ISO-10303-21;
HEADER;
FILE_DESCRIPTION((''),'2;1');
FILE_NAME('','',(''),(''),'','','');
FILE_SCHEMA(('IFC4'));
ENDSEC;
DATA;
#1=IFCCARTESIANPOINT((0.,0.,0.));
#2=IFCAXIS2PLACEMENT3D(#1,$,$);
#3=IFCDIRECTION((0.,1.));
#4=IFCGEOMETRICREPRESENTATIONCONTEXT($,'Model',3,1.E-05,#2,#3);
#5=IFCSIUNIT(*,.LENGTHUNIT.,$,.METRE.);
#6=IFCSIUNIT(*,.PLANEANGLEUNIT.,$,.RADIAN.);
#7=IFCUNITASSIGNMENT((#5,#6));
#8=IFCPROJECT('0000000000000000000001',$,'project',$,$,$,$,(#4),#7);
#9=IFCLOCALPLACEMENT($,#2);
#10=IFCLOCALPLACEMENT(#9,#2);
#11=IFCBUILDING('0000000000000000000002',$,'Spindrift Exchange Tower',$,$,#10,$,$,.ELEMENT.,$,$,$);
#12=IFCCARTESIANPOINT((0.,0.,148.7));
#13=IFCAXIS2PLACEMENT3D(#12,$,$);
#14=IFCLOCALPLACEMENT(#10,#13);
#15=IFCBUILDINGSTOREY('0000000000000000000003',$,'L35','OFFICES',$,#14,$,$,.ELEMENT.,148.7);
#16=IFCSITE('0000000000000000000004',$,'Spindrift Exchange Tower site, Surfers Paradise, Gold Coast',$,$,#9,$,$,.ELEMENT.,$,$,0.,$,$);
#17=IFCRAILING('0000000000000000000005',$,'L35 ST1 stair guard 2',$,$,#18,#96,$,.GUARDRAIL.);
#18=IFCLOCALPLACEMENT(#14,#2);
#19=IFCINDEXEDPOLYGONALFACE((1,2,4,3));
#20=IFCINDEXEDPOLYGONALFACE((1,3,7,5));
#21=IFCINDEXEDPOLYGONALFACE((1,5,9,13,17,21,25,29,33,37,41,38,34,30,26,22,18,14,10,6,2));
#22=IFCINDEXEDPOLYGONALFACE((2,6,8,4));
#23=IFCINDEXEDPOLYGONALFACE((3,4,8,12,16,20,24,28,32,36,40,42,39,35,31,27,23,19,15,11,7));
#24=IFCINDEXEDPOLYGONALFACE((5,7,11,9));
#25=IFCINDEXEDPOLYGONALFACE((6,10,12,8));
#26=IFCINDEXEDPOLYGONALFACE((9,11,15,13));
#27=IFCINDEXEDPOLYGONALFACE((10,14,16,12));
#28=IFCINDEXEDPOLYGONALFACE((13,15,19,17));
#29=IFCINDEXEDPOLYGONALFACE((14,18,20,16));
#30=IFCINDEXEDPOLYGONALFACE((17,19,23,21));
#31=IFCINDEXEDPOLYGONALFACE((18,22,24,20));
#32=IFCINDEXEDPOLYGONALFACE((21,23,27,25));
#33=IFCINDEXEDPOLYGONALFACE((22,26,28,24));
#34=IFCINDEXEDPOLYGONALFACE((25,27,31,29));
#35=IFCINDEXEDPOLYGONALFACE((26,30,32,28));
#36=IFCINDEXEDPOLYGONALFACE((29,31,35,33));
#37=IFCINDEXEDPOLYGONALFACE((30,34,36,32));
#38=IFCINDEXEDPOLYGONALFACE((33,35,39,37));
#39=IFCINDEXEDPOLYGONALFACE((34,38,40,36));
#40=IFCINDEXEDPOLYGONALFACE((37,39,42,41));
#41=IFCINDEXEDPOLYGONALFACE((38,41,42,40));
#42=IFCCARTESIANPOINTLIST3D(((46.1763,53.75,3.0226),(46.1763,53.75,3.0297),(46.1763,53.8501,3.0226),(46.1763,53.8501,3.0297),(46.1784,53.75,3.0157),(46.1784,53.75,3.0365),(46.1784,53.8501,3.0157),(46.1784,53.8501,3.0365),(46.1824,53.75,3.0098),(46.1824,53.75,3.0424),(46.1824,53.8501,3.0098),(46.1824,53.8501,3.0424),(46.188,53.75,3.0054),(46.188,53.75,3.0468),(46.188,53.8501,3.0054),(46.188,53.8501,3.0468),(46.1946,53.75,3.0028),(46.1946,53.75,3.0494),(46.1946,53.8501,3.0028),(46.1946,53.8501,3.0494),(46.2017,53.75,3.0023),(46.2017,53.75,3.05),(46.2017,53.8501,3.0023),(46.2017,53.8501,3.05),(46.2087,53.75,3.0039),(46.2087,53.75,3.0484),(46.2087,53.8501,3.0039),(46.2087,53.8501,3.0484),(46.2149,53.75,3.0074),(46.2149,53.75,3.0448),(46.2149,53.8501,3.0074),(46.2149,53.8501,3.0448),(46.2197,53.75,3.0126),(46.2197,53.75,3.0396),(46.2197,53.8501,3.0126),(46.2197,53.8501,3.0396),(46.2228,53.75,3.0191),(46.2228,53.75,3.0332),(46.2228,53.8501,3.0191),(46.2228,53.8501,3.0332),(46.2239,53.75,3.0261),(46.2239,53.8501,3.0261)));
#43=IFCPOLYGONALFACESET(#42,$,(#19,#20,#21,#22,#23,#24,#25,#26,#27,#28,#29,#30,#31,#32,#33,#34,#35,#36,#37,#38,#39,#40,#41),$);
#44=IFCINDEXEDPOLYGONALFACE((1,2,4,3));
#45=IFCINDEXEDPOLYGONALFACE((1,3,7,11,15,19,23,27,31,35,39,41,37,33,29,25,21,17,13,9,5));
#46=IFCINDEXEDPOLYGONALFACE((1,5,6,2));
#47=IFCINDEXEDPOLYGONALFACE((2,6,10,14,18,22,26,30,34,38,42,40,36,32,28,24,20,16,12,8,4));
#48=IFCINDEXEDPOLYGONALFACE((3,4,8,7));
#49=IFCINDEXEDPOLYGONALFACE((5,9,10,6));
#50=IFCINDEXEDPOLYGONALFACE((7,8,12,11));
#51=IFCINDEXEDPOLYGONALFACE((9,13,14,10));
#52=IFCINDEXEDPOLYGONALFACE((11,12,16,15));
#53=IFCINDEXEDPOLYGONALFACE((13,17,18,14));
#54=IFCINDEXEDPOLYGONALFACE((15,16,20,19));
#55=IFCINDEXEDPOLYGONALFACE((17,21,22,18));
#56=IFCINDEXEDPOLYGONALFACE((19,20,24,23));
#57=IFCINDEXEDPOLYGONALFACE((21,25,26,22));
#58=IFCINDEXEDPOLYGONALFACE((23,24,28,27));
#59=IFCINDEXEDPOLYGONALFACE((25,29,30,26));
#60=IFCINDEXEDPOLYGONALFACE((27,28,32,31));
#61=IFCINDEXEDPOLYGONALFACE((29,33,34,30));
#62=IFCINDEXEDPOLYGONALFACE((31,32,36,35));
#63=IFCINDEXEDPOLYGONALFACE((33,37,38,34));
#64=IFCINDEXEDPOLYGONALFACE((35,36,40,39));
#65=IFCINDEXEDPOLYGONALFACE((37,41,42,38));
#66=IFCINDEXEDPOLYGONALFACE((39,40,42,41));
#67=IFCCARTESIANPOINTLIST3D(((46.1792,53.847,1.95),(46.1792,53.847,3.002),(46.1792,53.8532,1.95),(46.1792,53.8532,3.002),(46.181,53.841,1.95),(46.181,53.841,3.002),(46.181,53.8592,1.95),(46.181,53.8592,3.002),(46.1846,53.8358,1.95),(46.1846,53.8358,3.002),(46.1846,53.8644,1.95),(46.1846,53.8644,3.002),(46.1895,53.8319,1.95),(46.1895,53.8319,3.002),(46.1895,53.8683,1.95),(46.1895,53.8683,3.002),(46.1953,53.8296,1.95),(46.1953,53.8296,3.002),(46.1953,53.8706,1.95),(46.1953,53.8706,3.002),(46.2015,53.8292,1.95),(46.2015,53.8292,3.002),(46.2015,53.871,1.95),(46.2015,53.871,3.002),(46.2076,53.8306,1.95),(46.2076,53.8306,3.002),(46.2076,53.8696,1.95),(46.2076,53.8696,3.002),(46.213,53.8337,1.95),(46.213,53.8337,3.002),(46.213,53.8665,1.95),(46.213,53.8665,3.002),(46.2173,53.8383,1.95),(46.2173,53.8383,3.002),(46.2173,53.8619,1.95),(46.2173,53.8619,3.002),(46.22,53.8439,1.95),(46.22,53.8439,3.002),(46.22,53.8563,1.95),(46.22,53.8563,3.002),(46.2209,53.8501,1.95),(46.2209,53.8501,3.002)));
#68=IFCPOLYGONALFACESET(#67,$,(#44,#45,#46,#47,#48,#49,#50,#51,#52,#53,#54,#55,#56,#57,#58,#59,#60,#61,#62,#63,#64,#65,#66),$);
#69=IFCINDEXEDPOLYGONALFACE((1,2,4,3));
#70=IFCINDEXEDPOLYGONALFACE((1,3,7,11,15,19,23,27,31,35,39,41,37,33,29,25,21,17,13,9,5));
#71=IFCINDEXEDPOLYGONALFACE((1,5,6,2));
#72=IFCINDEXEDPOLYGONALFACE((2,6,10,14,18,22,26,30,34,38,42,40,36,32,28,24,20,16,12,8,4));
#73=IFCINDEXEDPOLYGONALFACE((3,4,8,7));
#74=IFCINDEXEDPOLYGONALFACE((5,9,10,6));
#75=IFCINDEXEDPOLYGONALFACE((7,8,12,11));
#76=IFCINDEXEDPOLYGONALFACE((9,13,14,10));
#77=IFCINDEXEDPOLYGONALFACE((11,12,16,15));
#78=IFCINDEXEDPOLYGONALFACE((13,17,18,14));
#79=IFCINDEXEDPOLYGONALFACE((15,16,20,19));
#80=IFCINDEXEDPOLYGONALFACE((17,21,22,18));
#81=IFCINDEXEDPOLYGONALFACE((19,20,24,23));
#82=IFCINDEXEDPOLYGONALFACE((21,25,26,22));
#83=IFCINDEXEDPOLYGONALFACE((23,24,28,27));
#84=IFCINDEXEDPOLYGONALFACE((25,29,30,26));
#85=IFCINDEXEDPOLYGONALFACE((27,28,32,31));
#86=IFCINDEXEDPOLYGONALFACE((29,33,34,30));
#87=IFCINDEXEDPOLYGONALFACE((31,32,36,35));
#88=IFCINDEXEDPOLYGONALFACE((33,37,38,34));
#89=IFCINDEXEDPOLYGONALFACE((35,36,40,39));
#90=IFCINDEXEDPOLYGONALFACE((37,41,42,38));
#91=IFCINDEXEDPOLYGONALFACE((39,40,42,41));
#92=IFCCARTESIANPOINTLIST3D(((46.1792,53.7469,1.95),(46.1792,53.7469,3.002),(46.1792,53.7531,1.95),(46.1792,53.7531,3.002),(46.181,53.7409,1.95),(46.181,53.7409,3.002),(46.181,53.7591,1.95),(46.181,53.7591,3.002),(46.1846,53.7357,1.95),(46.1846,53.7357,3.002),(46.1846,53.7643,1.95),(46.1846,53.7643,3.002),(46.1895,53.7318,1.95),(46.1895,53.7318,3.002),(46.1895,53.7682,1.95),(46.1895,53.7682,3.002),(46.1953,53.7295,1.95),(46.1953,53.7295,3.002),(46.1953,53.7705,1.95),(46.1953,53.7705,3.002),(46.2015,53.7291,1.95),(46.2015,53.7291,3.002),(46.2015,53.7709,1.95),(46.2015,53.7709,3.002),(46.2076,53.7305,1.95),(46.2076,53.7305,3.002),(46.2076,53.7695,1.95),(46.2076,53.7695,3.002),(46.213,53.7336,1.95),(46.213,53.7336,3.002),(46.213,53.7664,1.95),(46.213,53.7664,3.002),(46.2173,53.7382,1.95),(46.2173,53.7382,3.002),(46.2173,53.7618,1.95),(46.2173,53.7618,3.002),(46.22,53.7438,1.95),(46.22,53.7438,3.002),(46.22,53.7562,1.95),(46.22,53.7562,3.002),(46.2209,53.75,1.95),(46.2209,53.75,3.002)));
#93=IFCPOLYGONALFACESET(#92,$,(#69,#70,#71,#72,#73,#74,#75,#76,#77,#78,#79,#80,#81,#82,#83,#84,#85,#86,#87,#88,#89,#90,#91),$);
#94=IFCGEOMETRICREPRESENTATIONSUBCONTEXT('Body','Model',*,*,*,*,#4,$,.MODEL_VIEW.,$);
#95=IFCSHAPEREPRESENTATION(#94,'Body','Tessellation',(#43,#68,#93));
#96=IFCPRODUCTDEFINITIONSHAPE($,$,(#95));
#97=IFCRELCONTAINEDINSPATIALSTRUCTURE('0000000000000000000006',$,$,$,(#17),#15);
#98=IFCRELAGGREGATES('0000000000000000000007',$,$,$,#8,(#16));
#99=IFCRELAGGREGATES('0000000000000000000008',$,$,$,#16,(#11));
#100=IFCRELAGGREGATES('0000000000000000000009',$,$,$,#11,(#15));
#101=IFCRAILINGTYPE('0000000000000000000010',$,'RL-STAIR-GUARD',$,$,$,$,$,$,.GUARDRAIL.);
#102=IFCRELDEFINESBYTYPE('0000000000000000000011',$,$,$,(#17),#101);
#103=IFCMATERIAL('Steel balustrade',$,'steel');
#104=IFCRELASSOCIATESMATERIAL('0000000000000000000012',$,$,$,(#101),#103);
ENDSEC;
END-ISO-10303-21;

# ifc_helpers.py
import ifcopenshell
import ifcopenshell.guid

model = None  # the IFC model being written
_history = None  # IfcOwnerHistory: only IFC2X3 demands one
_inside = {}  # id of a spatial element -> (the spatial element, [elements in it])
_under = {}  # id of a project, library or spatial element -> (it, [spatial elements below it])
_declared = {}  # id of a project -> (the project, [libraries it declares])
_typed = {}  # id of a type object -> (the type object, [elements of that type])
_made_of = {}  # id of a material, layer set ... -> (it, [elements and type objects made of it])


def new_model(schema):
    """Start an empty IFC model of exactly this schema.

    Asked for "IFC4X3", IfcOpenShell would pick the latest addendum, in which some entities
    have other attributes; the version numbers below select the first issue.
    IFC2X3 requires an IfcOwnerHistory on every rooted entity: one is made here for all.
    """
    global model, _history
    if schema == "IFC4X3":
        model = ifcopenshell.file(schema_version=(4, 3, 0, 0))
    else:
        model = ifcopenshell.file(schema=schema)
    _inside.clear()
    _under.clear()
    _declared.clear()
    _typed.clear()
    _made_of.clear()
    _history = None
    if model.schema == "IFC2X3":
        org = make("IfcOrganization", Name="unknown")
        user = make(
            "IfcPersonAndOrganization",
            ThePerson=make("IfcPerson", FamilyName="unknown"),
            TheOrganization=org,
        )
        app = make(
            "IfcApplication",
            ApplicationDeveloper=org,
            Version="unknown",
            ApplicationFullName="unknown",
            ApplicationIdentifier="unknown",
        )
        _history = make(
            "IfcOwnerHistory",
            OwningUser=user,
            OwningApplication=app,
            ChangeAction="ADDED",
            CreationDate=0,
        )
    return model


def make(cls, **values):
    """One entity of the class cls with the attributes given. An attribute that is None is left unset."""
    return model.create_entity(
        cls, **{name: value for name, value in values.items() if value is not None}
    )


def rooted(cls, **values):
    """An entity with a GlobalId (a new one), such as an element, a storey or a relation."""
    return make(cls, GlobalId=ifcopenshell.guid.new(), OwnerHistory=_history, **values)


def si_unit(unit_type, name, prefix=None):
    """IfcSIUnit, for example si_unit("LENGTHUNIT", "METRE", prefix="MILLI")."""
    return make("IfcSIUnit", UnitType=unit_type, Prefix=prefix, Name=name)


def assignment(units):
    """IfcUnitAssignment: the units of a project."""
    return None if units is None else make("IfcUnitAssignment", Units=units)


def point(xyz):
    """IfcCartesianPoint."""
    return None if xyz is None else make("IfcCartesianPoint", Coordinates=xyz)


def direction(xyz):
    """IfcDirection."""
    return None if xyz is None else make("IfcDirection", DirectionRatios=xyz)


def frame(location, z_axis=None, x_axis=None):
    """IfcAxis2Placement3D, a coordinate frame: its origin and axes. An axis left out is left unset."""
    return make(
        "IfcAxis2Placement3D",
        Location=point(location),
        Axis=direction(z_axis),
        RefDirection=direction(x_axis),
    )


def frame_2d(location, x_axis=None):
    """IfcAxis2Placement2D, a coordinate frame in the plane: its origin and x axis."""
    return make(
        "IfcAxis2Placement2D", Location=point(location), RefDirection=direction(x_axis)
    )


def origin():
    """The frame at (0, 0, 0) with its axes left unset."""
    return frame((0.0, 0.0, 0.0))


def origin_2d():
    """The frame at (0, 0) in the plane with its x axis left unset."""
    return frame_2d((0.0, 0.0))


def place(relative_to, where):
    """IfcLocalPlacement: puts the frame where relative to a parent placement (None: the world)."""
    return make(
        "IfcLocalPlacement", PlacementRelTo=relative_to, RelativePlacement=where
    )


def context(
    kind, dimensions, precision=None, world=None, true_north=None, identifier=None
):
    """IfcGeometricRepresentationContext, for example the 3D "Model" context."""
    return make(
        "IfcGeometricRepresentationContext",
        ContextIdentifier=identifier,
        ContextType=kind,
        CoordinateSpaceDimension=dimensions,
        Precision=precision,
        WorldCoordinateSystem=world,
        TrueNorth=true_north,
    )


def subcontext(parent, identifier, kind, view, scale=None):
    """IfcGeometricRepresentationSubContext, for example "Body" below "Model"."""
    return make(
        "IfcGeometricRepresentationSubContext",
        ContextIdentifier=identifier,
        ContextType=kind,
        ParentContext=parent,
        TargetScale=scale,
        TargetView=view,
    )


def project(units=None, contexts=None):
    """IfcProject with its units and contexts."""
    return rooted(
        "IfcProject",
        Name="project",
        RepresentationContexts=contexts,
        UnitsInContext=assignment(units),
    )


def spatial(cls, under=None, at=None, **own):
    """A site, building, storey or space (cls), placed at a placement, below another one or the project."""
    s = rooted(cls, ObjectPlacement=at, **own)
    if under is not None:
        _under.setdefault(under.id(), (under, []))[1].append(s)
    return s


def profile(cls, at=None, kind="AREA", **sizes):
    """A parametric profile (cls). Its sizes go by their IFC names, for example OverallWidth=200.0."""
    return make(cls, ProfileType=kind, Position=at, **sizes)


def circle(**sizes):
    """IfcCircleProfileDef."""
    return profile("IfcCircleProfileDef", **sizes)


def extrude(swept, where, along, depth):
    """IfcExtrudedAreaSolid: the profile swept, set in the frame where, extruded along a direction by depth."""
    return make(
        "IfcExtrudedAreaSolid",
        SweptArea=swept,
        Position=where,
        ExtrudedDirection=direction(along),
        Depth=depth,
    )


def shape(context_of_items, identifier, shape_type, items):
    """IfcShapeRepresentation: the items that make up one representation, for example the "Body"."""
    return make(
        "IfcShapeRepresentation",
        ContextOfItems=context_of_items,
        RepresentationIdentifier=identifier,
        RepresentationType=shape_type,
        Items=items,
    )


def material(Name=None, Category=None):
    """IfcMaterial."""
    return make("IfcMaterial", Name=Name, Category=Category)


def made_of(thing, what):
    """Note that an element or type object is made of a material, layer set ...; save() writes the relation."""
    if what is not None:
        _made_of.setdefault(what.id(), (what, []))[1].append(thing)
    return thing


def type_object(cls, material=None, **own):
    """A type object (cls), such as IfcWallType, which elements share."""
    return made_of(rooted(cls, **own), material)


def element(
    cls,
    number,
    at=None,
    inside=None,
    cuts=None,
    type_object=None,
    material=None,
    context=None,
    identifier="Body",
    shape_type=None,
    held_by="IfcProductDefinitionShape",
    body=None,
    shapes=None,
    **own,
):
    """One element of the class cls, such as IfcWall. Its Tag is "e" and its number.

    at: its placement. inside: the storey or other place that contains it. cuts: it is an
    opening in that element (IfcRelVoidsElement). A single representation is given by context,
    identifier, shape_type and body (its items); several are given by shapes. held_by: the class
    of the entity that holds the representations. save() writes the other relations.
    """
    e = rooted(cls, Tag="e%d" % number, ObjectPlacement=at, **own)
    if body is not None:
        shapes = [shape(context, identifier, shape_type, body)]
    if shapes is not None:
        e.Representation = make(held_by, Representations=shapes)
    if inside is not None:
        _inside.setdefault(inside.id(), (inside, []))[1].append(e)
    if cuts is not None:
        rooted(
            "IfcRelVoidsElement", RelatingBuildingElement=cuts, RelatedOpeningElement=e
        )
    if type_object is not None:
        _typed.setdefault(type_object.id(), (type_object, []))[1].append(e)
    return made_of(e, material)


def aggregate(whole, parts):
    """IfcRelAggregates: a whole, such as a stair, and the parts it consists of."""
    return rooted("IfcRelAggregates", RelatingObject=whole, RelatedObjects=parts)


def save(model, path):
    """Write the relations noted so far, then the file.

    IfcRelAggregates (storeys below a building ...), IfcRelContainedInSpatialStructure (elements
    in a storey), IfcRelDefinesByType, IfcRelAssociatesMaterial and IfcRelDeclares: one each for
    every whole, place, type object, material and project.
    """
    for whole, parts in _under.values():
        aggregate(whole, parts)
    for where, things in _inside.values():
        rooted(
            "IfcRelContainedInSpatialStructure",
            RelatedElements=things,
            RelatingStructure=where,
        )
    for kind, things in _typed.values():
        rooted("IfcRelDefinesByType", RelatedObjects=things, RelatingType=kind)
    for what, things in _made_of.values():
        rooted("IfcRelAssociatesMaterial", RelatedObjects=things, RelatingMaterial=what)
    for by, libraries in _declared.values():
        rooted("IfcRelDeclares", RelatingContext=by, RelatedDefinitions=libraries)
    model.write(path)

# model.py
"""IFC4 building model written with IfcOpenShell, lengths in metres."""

from ifc_helpers import new_model, si_unit, direction, frame, origin, origin_2d, place, context, subcontext, project, spatial, circle, extrude, material, type_object, element, save


model = new_model("IFC4")

# Units and contexts
model_context = context("Model", 3, precision=1e-05, world=origin(), true_north=direction((0.0, 1.0)))
body_context = subcontext(model_context, "Body", "Model", "MODEL_VIEW")
ifc_project = project(units=[si_unit("LENGTHUNIT", "METRE"), si_unit("PLANEANGLEUNIT", "RADIAN")], contexts=[model_context])

# Site, building, storey
site_placement = place(None, origin())
site = spatial("IfcSite", under=ifc_project, at=site_placement, Name="Spindrift Exchange Tower site, Surfers Paradise, Gold Coast", CompositionType="ELEMENT", RefElevation=0.0)
building_placement = place(site_placement, origin())
building = spatial("IfcBuilding", under=site, at=building_placement, Name="Spindrift Exchange Tower", CompositionType="ELEMENT")
storey_placement = place(building_placement, frame((0.0, 0.0, 148.7)))
storey = spatial("IfcBuildingStorey", under=building, at=storey_placement, Name="L35", Description="OFFICES", CompositionType="ELEMENT", Elevation=148.7)

# Railing
ifc_material_1 = material(Name="Steel balustrade", Category="steel")
railing_type_1 = type_object("IfcRailingType", Name="RL-STAIR-GUARD", PredefinedType="GUARDRAIL", material=ifc_material_1)
railing_1_placement = place(storey_placement, frame((46.2, 53.8501, 1.95)))
element("IfcRailing", 1, at=railing_1_placement, inside=storey, type_object=railing_type_1, Name="L35 ST1 stair guard 2", PredefinedType="GUARDRAIL", context=body_context, shape_type="SweptSolid", body=[
    extrude(circle(Radius=0.0239, at=origin_2d()), frame((0.0, 0.0, 1.0762), z_axis=(0.0, -1.0, 0.0), x_axis=(1.0, 0.0, 0.0)), (0.0, 0.0, 1.0), 0.1001),
    extrude(circle(Radius=0.021, at=origin_2d()), origin(), (0.0, 0.0, 1.0), 1.052),
    extrude(circle(Radius=0.021, at=origin_2d()), frame((0.0, -0.1001, 0.0)), (0.0, 0.0, 1.0), 1.052),
])

save(model, "model.ifc")
